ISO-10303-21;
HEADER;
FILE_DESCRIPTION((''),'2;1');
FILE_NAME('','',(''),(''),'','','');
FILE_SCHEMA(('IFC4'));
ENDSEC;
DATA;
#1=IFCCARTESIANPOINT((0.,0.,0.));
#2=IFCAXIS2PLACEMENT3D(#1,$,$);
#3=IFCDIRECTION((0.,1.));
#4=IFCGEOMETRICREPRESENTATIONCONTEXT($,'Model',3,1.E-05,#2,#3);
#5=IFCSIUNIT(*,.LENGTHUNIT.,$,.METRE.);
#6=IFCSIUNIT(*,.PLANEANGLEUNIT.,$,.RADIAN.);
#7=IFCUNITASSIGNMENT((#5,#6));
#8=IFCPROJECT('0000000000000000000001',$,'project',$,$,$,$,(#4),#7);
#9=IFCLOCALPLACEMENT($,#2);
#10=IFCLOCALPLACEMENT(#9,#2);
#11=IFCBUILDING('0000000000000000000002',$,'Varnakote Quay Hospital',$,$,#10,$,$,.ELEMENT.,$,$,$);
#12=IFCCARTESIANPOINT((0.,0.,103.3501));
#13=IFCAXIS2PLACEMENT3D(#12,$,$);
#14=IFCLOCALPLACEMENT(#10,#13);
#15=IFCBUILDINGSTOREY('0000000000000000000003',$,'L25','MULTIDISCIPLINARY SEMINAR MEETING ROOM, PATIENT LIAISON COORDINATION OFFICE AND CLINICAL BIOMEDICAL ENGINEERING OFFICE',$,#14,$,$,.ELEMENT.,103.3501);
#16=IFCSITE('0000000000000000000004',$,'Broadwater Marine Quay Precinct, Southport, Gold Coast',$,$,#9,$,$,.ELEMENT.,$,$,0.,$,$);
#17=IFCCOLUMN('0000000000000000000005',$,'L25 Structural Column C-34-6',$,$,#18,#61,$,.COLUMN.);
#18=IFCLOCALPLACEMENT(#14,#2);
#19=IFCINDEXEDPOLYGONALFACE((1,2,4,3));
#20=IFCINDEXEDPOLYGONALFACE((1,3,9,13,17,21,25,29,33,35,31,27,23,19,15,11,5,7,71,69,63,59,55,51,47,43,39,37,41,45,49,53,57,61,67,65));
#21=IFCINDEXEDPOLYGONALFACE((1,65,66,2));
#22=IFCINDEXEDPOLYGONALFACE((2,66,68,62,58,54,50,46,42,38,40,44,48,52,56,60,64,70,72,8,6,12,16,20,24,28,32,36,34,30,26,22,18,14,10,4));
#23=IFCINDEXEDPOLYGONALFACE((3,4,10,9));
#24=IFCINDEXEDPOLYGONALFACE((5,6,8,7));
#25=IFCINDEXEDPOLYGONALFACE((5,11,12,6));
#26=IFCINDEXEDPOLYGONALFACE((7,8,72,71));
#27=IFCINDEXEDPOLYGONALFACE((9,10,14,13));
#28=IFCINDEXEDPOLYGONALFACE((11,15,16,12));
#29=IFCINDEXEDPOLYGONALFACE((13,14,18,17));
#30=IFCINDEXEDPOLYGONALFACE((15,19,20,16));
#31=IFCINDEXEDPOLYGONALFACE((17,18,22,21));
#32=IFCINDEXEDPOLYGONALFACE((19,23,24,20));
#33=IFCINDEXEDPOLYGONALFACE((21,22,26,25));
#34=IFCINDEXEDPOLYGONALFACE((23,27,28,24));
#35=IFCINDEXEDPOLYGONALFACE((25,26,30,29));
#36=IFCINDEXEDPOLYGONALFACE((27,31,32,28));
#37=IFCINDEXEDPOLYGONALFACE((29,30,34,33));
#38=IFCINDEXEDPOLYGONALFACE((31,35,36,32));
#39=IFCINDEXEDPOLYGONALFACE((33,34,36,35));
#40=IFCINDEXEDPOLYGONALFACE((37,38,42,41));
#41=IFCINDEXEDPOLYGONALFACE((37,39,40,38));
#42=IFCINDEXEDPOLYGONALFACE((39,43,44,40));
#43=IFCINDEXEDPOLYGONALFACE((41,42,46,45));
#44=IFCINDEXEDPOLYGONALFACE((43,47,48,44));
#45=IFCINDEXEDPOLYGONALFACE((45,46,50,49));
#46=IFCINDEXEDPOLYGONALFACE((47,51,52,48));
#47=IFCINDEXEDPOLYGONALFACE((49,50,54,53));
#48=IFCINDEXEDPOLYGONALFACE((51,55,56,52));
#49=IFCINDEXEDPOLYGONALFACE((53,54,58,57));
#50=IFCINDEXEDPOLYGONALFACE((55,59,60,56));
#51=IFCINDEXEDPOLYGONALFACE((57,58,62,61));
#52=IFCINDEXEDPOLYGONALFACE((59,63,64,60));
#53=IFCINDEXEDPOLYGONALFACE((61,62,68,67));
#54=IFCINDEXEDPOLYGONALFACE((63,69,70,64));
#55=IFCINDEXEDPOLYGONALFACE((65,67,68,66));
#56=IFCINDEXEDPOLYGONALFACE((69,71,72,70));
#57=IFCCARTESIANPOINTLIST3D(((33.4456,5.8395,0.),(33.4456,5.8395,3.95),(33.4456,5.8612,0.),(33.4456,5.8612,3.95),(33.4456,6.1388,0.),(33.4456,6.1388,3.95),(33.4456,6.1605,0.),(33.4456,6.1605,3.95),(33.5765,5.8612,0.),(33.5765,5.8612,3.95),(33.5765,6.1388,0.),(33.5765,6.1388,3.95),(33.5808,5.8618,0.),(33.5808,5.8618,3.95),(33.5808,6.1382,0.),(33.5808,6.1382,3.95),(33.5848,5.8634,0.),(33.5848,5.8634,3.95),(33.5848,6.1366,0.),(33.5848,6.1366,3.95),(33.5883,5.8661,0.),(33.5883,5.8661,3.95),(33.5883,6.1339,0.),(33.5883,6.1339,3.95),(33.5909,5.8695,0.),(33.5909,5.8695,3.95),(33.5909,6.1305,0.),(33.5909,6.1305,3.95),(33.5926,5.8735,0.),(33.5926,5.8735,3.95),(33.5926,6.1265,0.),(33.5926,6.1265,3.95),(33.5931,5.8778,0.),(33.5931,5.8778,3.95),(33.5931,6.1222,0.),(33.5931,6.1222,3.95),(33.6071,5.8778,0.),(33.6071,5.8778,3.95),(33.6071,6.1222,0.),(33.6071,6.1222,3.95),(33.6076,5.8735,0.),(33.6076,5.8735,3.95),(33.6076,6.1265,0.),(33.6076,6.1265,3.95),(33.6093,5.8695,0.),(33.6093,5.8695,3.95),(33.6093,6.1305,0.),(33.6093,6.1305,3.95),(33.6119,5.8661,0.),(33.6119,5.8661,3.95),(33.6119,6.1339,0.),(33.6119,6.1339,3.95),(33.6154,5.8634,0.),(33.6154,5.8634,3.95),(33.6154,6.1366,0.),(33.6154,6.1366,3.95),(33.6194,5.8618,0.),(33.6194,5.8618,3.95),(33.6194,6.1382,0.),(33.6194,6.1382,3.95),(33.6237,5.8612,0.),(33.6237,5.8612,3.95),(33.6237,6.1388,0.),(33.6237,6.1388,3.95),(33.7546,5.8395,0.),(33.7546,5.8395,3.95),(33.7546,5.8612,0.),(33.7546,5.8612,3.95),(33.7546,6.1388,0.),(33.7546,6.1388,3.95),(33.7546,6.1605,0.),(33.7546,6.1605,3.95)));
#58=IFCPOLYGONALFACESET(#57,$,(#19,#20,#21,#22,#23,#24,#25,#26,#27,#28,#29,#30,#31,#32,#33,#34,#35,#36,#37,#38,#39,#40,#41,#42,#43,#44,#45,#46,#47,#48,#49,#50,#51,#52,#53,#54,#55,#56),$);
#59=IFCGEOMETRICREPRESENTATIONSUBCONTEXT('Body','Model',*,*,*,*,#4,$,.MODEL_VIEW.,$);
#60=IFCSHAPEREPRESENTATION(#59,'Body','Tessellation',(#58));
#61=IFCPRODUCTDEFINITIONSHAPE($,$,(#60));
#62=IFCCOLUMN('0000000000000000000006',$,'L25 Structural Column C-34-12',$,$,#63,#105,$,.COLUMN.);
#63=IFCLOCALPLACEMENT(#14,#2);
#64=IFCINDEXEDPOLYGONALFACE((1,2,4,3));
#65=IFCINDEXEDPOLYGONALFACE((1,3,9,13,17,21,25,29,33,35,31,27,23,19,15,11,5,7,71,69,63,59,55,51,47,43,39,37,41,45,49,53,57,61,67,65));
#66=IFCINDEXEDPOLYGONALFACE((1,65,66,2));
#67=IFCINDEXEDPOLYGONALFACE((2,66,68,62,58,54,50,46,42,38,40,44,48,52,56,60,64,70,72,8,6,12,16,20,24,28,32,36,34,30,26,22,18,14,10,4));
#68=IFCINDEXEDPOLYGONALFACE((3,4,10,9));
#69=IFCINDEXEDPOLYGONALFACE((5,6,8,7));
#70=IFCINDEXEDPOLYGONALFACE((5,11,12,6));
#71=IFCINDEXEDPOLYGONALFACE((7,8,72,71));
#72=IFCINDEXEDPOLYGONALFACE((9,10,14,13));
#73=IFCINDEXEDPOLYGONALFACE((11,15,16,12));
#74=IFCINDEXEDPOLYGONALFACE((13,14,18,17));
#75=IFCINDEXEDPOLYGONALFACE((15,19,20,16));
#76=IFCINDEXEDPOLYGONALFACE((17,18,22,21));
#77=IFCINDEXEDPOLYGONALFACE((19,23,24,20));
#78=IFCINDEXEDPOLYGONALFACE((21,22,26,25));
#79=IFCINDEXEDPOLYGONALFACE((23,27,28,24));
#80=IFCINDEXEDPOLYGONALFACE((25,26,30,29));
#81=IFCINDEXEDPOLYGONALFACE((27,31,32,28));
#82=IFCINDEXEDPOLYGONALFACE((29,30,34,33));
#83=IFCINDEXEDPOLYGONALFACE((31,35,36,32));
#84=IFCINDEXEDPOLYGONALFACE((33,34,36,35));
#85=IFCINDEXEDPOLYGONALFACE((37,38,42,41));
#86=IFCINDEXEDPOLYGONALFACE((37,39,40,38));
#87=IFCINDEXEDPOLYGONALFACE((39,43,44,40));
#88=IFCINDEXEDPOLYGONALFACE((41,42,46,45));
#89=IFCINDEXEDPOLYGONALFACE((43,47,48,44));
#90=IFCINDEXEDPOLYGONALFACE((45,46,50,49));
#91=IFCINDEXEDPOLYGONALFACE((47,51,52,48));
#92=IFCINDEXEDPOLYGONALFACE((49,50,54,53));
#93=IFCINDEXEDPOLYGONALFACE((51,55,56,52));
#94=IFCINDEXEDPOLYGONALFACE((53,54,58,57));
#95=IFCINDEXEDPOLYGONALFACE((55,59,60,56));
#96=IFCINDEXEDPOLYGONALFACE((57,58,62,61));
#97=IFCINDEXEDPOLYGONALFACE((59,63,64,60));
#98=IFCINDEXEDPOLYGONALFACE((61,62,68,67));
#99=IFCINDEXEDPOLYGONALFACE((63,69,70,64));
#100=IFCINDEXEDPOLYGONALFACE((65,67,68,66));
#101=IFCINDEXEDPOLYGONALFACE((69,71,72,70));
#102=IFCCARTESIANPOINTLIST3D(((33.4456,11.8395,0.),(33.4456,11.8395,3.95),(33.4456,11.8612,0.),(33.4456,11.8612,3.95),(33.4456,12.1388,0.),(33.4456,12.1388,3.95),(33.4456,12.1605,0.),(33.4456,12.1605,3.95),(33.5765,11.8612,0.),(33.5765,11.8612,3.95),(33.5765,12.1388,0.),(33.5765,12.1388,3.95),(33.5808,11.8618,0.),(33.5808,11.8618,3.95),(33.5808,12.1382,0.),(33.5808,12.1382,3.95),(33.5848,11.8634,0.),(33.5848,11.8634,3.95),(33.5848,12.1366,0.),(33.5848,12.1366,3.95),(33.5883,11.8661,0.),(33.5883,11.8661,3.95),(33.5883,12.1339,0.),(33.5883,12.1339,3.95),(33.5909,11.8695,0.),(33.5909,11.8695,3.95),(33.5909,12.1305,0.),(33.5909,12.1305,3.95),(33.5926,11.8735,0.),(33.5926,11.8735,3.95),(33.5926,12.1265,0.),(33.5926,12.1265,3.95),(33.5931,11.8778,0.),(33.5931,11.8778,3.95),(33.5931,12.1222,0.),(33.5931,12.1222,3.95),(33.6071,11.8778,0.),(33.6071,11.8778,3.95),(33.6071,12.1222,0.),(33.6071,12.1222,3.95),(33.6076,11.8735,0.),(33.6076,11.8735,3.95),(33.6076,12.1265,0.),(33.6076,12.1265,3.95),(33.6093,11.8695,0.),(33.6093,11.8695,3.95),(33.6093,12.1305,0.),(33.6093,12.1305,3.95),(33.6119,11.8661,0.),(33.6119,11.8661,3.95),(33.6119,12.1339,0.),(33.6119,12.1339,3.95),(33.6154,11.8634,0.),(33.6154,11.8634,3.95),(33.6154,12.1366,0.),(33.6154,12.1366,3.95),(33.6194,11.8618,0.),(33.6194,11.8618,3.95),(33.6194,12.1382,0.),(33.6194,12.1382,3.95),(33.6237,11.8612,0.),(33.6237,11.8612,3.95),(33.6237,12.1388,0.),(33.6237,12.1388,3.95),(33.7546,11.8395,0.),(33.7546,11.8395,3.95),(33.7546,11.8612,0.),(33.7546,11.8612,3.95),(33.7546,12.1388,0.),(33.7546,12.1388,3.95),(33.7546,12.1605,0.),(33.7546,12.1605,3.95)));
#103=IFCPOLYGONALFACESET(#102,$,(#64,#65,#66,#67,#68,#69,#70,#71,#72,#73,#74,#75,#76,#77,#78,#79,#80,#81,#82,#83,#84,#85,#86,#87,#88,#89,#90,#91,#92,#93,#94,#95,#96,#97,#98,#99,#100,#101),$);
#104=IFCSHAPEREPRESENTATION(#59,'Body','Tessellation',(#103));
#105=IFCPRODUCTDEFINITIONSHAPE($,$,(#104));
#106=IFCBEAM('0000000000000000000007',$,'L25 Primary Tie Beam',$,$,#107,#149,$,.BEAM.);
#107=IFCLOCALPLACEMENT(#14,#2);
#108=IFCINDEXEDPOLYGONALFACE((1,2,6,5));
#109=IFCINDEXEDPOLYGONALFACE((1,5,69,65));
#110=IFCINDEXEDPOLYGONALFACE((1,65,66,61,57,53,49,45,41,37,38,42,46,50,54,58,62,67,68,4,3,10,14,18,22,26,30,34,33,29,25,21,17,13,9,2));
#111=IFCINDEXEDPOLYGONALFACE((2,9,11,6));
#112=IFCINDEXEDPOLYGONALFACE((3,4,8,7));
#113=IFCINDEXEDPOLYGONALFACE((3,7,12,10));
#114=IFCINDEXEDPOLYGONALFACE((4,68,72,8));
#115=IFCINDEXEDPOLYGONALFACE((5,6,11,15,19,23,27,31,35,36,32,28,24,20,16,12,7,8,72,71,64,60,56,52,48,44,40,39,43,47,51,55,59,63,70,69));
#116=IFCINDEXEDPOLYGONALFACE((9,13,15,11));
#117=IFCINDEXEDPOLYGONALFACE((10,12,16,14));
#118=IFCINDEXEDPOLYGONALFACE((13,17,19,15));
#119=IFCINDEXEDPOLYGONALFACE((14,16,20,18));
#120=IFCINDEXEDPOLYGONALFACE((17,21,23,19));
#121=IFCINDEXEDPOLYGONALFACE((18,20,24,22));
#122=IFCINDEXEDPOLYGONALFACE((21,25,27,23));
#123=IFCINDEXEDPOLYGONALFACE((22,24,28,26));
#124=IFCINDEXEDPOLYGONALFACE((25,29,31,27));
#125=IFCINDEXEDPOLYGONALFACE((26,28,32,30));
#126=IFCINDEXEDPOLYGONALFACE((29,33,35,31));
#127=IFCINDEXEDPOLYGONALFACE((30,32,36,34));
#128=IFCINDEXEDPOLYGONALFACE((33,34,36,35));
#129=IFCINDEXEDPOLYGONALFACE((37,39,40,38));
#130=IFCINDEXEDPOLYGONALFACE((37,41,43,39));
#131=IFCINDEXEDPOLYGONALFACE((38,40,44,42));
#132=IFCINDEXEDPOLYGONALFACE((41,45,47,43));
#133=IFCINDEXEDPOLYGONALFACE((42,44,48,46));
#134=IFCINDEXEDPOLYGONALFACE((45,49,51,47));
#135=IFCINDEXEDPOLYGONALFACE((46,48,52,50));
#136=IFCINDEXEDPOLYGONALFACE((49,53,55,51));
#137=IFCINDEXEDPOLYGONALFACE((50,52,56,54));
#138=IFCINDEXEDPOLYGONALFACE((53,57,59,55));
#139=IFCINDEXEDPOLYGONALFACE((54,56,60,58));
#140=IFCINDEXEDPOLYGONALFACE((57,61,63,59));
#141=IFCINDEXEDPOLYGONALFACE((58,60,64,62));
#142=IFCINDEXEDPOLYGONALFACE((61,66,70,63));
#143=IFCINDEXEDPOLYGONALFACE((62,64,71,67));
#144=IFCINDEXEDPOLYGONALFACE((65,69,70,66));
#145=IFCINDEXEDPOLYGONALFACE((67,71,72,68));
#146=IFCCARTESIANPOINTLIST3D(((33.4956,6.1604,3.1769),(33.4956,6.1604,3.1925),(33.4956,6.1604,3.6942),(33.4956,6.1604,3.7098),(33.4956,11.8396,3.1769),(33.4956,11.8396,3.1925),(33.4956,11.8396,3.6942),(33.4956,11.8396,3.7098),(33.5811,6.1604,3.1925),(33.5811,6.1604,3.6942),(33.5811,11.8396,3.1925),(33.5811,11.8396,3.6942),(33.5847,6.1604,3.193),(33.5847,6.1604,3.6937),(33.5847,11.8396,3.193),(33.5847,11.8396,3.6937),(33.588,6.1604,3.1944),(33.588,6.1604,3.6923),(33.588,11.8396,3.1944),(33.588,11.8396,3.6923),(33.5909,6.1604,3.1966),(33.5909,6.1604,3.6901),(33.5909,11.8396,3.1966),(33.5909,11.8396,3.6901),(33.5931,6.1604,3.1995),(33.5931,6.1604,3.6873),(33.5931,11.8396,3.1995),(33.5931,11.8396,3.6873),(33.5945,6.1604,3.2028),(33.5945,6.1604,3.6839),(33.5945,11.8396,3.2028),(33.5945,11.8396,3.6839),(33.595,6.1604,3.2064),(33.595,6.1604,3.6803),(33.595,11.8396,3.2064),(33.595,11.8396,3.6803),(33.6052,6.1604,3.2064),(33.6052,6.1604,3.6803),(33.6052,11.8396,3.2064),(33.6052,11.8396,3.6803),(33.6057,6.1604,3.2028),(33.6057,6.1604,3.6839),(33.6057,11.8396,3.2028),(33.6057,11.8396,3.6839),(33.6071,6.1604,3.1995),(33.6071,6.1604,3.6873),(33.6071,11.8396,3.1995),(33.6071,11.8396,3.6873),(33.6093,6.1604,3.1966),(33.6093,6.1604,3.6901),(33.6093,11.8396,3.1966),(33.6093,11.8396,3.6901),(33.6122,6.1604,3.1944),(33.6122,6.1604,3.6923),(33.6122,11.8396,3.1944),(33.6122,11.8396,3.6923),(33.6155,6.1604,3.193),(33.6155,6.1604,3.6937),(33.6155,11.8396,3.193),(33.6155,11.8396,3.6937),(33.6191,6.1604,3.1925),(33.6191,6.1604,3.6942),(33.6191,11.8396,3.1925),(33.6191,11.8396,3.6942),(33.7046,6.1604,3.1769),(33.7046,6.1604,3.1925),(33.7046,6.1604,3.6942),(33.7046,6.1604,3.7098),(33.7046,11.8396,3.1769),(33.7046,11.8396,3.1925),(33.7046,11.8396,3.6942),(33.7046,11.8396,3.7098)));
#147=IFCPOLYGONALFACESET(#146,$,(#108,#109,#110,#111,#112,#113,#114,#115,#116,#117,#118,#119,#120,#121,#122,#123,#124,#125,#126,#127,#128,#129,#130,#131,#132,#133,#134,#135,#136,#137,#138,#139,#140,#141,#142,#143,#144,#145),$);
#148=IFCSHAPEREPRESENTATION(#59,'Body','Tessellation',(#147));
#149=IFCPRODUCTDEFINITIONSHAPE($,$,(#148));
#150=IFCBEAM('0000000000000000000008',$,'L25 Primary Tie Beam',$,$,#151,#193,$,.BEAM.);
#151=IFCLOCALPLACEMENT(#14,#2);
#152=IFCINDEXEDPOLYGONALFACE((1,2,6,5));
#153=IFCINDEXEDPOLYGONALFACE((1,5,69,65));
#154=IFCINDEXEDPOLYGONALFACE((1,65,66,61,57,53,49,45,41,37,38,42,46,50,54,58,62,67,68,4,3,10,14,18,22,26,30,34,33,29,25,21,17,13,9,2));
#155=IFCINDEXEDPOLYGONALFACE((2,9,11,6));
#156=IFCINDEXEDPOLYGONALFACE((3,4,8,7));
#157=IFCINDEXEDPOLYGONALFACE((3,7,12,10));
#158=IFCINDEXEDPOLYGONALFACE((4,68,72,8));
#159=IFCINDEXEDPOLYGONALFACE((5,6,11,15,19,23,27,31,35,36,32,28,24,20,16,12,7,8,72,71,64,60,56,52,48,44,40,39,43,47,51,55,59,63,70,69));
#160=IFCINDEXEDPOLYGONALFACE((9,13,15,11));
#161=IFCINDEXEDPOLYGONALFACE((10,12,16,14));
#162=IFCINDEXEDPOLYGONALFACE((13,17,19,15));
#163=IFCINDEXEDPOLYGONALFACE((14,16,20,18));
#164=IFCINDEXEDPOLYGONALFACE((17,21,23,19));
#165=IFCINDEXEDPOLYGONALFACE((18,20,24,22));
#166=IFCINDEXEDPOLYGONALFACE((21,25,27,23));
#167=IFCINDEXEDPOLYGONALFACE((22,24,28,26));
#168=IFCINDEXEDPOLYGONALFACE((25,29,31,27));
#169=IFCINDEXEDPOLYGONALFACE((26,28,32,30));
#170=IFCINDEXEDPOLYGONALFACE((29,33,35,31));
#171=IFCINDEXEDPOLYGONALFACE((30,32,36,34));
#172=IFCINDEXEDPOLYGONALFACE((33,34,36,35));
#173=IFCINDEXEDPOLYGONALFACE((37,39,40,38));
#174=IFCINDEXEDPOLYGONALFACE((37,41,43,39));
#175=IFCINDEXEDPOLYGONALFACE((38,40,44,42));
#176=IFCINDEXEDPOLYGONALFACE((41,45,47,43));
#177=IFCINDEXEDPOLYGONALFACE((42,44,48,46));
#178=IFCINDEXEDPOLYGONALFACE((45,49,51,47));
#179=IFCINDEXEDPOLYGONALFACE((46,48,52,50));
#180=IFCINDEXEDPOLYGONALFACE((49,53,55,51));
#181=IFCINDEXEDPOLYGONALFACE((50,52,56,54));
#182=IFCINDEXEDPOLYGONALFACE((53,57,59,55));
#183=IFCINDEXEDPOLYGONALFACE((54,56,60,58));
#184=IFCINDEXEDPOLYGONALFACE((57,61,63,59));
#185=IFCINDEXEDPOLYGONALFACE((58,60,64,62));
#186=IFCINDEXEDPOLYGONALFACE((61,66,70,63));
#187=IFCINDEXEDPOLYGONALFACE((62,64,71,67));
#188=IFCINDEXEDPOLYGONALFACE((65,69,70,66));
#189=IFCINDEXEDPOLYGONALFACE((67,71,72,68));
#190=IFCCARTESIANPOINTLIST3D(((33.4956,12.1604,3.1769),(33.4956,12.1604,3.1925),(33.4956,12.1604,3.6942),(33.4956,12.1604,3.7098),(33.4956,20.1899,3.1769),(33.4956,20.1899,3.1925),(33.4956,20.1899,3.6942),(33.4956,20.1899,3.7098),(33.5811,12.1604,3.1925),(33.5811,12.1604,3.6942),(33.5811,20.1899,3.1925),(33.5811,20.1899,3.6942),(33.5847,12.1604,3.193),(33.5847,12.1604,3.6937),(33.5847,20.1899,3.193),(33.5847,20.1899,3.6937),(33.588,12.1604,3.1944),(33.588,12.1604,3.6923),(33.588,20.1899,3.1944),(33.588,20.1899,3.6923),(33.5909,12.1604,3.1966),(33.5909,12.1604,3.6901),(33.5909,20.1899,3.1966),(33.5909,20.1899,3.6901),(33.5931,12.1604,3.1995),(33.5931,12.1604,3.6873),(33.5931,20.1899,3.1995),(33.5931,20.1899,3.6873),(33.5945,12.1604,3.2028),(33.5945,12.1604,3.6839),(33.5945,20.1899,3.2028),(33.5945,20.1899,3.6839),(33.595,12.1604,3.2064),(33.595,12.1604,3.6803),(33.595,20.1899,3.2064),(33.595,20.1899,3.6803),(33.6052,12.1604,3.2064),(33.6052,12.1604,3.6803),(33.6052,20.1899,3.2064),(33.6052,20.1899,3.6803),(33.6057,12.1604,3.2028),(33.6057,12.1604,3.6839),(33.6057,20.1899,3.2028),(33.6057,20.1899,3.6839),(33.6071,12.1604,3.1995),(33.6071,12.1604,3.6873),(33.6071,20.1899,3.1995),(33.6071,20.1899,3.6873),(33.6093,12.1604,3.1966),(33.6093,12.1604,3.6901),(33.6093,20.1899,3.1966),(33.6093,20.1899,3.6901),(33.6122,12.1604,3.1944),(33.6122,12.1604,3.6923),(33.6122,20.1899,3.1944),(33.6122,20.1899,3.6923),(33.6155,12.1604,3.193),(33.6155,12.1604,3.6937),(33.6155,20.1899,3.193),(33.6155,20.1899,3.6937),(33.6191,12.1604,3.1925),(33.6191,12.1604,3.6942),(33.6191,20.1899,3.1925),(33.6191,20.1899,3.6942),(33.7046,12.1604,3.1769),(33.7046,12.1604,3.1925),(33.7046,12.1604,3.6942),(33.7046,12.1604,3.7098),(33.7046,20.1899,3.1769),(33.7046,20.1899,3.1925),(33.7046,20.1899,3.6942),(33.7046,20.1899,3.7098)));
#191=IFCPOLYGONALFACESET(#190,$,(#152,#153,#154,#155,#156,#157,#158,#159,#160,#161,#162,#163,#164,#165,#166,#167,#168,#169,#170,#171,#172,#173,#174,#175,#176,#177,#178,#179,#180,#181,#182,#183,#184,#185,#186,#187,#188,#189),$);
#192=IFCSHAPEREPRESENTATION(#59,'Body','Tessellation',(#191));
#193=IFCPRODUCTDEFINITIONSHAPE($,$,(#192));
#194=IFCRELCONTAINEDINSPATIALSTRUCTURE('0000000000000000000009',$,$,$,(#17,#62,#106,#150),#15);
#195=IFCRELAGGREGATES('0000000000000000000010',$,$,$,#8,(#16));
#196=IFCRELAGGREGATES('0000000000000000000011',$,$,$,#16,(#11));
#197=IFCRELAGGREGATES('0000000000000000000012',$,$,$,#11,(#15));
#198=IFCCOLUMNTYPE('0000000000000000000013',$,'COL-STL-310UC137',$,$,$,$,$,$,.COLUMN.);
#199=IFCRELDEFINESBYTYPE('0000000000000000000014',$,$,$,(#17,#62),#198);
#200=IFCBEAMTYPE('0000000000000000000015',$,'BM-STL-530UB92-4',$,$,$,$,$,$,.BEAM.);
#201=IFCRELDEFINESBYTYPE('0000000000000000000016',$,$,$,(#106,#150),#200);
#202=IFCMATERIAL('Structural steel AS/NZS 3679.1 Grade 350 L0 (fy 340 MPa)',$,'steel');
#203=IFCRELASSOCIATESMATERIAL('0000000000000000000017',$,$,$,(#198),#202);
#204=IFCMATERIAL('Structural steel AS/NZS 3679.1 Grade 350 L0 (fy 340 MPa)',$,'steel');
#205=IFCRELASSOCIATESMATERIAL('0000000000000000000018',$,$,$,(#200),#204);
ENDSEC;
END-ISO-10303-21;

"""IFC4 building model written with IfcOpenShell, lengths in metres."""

from ifc_helpers import new_model, si_unit, direction, frame, origin, origin_2d, place, context, subcontext, project, spatial, i_section, extrude, material, material_profile, profile_set, type_object, element, save


model = new_model("IFC4")

# Units and contexts
model_context = context("Model", 3, precision=1e-05, world=origin(), true_north=direction((0.0, 1.0)))
body_context = subcontext(model_context, "Body", "Model", "MODEL_VIEW")
ifc_project = project(units=[si_unit("LENGTHUNIT", "METRE"), si_unit("PLANEANGLEUNIT", "RADIAN")], contexts=[model_context])

# Site, building, storey
site_placement = place(None, origin())
site = spatial("IfcSite", under=ifc_project, at=site_placement, Name="Broadwater Marine Quay Precinct, Southport, Gold Coast", CompositionType="ELEMENT", RefElevation=0.0)
building_placement = place(site_placement, origin())
building = spatial("IfcBuilding", under=site, at=building_placement, Name="Varnakote Quay Hospital", CompositionType="ELEMENT")
storey_placement = place(building_placement, frame((0.0, 0.0, 103.3501)))
storey = spatial("IfcBuildingStorey", under=building, at=storey_placement, Name="L25", Description="MULTIDISCIPLINARY SEMINAR MEETING ROOM, PATIENT LIAISON COORDINATION OFFICE AND CLINICAL BIOMEDICAL ENGINEERING OFFICE", CompositionType="ELEMENT", Elevation=103.3501)

# Columns
ifc_material_1 = material(Name="Structural steel AS/NZS 3679.1 Grade 350 L0 (fy 340 MPa)", Category="steel")
ifc_material_profile_1 = material_profile(ifc_material_1, i_section(OverallWidth=0.3091, OverallDepth=0.321, WebThickness=0.0139, FlangeThickness=0.0217, FilletRadius=0.0166, at=origin_2d()), Name="310UC137")
ifc_profile_set_1 = profile_set([ifc_material_profile_1], Name="Structural steel AS/NZS 3679.1 Grade 350 L0 (fy 340 MPa)")
column_type = type_object("IfcColumnType", Name="COL-STL-310UC137", PredefinedType="COLUMN", material=ifc_profile_set_1)
for number, where, z_axis, x_axis, name in (
    (1, (33.6001, 6.0, 0.0), (0.0, 0.0, 1.0), (1.0, 0.0, 0.0), "L25 Structural Column C-34-6"),
    (2, (33.6001, 12.0, 0.0), (0.0, 0.0, 1.0), (1.0, 0.0, 0.0), "L25 Structural Column C-34-12"),
):
    element("IfcColumn", number, at=place(storey_placement, frame(where, z_axis=z_axis, x_axis=x_axis)), inside=storey, type_object=column_type, Name=name, PredefinedType="COLUMN", context=body_context, shape_type="SweptSolid", body=[
        extrude(i_section(OverallWidth=0.3091, OverallDepth=0.321, WebThickness=0.0139, FlangeThickness=0.0217, FilletRadius=0.0166, at=origin_2d()), origin(), (0.0, 0.0, 1.0), 3.95),
    ])

# Beams
ifc_material_2 = material(Name="Structural steel AS/NZS 3679.1 Grade 350 L0 (fy 340 MPa)", Category="steel")
ifc_material_profile_2 = material_profile(ifc_material_2, i_section(OverallWidth=0.209, OverallDepth=0.533, WebThickness=0.0103, FlangeThickness=0.0156, FilletRadius=0.0139, at=origin_2d()), Name="530UB92.4")
ifc_profile_set_2 = profile_set([ifc_material_profile_2], Name="Structural steel AS/NZS 3679.1 Grade 350 L0 (fy 340 MPa)")
beam_type_1 = type_object("IfcBeamType", Name="BM-STL-530UB92-4", PredefinedType="BEAM", material=ifc_profile_set_2)
beam_1_placement = place(storey_placement, frame((33.6001, 6.1604, 3.4434), z_axis=(0.0, 1.0, 0.0), x_axis=(-1.0, 0.0, 0.0)))
element("IfcBeam", 3, at=beam_1_placement, inside=storey, type_object=beam_type_1, Name="L25 Primary Tie Beam", PredefinedType="BEAM", context=body_context, shape_type="SweptSolid", body=[
    extrude(i_section(OverallWidth=0.209, OverallDepth=0.533, WebThickness=0.0103, FlangeThickness=0.0156, FilletRadius=0.0139, at=origin_2d()), origin(), (0.0, 0.0, 1.0), 5.6792),
])
beam_2_placement = place(storey_placement, frame((33.6001, 12.1604, 3.4434), z_axis=(0.0, 1.0, 0.0), x_axis=(-1.0, 0.0, 0.0)))
element("IfcBeam", 4, at=beam_2_placement, inside=storey, type_object=beam_type_1, Name="L25 Primary Tie Beam", PredefinedType="BEAM", context=body_context, shape_type="SweptSolid", body=[
    extrude(i_section(OverallWidth=0.209, OverallDepth=0.533, WebThickness=0.0103, FlangeThickness=0.0156, FilletRadius=0.0139, at=origin_2d()), origin(), (0.0, 0.0, 1.0), 8.0295),
])

save(model, "model.ifc")
